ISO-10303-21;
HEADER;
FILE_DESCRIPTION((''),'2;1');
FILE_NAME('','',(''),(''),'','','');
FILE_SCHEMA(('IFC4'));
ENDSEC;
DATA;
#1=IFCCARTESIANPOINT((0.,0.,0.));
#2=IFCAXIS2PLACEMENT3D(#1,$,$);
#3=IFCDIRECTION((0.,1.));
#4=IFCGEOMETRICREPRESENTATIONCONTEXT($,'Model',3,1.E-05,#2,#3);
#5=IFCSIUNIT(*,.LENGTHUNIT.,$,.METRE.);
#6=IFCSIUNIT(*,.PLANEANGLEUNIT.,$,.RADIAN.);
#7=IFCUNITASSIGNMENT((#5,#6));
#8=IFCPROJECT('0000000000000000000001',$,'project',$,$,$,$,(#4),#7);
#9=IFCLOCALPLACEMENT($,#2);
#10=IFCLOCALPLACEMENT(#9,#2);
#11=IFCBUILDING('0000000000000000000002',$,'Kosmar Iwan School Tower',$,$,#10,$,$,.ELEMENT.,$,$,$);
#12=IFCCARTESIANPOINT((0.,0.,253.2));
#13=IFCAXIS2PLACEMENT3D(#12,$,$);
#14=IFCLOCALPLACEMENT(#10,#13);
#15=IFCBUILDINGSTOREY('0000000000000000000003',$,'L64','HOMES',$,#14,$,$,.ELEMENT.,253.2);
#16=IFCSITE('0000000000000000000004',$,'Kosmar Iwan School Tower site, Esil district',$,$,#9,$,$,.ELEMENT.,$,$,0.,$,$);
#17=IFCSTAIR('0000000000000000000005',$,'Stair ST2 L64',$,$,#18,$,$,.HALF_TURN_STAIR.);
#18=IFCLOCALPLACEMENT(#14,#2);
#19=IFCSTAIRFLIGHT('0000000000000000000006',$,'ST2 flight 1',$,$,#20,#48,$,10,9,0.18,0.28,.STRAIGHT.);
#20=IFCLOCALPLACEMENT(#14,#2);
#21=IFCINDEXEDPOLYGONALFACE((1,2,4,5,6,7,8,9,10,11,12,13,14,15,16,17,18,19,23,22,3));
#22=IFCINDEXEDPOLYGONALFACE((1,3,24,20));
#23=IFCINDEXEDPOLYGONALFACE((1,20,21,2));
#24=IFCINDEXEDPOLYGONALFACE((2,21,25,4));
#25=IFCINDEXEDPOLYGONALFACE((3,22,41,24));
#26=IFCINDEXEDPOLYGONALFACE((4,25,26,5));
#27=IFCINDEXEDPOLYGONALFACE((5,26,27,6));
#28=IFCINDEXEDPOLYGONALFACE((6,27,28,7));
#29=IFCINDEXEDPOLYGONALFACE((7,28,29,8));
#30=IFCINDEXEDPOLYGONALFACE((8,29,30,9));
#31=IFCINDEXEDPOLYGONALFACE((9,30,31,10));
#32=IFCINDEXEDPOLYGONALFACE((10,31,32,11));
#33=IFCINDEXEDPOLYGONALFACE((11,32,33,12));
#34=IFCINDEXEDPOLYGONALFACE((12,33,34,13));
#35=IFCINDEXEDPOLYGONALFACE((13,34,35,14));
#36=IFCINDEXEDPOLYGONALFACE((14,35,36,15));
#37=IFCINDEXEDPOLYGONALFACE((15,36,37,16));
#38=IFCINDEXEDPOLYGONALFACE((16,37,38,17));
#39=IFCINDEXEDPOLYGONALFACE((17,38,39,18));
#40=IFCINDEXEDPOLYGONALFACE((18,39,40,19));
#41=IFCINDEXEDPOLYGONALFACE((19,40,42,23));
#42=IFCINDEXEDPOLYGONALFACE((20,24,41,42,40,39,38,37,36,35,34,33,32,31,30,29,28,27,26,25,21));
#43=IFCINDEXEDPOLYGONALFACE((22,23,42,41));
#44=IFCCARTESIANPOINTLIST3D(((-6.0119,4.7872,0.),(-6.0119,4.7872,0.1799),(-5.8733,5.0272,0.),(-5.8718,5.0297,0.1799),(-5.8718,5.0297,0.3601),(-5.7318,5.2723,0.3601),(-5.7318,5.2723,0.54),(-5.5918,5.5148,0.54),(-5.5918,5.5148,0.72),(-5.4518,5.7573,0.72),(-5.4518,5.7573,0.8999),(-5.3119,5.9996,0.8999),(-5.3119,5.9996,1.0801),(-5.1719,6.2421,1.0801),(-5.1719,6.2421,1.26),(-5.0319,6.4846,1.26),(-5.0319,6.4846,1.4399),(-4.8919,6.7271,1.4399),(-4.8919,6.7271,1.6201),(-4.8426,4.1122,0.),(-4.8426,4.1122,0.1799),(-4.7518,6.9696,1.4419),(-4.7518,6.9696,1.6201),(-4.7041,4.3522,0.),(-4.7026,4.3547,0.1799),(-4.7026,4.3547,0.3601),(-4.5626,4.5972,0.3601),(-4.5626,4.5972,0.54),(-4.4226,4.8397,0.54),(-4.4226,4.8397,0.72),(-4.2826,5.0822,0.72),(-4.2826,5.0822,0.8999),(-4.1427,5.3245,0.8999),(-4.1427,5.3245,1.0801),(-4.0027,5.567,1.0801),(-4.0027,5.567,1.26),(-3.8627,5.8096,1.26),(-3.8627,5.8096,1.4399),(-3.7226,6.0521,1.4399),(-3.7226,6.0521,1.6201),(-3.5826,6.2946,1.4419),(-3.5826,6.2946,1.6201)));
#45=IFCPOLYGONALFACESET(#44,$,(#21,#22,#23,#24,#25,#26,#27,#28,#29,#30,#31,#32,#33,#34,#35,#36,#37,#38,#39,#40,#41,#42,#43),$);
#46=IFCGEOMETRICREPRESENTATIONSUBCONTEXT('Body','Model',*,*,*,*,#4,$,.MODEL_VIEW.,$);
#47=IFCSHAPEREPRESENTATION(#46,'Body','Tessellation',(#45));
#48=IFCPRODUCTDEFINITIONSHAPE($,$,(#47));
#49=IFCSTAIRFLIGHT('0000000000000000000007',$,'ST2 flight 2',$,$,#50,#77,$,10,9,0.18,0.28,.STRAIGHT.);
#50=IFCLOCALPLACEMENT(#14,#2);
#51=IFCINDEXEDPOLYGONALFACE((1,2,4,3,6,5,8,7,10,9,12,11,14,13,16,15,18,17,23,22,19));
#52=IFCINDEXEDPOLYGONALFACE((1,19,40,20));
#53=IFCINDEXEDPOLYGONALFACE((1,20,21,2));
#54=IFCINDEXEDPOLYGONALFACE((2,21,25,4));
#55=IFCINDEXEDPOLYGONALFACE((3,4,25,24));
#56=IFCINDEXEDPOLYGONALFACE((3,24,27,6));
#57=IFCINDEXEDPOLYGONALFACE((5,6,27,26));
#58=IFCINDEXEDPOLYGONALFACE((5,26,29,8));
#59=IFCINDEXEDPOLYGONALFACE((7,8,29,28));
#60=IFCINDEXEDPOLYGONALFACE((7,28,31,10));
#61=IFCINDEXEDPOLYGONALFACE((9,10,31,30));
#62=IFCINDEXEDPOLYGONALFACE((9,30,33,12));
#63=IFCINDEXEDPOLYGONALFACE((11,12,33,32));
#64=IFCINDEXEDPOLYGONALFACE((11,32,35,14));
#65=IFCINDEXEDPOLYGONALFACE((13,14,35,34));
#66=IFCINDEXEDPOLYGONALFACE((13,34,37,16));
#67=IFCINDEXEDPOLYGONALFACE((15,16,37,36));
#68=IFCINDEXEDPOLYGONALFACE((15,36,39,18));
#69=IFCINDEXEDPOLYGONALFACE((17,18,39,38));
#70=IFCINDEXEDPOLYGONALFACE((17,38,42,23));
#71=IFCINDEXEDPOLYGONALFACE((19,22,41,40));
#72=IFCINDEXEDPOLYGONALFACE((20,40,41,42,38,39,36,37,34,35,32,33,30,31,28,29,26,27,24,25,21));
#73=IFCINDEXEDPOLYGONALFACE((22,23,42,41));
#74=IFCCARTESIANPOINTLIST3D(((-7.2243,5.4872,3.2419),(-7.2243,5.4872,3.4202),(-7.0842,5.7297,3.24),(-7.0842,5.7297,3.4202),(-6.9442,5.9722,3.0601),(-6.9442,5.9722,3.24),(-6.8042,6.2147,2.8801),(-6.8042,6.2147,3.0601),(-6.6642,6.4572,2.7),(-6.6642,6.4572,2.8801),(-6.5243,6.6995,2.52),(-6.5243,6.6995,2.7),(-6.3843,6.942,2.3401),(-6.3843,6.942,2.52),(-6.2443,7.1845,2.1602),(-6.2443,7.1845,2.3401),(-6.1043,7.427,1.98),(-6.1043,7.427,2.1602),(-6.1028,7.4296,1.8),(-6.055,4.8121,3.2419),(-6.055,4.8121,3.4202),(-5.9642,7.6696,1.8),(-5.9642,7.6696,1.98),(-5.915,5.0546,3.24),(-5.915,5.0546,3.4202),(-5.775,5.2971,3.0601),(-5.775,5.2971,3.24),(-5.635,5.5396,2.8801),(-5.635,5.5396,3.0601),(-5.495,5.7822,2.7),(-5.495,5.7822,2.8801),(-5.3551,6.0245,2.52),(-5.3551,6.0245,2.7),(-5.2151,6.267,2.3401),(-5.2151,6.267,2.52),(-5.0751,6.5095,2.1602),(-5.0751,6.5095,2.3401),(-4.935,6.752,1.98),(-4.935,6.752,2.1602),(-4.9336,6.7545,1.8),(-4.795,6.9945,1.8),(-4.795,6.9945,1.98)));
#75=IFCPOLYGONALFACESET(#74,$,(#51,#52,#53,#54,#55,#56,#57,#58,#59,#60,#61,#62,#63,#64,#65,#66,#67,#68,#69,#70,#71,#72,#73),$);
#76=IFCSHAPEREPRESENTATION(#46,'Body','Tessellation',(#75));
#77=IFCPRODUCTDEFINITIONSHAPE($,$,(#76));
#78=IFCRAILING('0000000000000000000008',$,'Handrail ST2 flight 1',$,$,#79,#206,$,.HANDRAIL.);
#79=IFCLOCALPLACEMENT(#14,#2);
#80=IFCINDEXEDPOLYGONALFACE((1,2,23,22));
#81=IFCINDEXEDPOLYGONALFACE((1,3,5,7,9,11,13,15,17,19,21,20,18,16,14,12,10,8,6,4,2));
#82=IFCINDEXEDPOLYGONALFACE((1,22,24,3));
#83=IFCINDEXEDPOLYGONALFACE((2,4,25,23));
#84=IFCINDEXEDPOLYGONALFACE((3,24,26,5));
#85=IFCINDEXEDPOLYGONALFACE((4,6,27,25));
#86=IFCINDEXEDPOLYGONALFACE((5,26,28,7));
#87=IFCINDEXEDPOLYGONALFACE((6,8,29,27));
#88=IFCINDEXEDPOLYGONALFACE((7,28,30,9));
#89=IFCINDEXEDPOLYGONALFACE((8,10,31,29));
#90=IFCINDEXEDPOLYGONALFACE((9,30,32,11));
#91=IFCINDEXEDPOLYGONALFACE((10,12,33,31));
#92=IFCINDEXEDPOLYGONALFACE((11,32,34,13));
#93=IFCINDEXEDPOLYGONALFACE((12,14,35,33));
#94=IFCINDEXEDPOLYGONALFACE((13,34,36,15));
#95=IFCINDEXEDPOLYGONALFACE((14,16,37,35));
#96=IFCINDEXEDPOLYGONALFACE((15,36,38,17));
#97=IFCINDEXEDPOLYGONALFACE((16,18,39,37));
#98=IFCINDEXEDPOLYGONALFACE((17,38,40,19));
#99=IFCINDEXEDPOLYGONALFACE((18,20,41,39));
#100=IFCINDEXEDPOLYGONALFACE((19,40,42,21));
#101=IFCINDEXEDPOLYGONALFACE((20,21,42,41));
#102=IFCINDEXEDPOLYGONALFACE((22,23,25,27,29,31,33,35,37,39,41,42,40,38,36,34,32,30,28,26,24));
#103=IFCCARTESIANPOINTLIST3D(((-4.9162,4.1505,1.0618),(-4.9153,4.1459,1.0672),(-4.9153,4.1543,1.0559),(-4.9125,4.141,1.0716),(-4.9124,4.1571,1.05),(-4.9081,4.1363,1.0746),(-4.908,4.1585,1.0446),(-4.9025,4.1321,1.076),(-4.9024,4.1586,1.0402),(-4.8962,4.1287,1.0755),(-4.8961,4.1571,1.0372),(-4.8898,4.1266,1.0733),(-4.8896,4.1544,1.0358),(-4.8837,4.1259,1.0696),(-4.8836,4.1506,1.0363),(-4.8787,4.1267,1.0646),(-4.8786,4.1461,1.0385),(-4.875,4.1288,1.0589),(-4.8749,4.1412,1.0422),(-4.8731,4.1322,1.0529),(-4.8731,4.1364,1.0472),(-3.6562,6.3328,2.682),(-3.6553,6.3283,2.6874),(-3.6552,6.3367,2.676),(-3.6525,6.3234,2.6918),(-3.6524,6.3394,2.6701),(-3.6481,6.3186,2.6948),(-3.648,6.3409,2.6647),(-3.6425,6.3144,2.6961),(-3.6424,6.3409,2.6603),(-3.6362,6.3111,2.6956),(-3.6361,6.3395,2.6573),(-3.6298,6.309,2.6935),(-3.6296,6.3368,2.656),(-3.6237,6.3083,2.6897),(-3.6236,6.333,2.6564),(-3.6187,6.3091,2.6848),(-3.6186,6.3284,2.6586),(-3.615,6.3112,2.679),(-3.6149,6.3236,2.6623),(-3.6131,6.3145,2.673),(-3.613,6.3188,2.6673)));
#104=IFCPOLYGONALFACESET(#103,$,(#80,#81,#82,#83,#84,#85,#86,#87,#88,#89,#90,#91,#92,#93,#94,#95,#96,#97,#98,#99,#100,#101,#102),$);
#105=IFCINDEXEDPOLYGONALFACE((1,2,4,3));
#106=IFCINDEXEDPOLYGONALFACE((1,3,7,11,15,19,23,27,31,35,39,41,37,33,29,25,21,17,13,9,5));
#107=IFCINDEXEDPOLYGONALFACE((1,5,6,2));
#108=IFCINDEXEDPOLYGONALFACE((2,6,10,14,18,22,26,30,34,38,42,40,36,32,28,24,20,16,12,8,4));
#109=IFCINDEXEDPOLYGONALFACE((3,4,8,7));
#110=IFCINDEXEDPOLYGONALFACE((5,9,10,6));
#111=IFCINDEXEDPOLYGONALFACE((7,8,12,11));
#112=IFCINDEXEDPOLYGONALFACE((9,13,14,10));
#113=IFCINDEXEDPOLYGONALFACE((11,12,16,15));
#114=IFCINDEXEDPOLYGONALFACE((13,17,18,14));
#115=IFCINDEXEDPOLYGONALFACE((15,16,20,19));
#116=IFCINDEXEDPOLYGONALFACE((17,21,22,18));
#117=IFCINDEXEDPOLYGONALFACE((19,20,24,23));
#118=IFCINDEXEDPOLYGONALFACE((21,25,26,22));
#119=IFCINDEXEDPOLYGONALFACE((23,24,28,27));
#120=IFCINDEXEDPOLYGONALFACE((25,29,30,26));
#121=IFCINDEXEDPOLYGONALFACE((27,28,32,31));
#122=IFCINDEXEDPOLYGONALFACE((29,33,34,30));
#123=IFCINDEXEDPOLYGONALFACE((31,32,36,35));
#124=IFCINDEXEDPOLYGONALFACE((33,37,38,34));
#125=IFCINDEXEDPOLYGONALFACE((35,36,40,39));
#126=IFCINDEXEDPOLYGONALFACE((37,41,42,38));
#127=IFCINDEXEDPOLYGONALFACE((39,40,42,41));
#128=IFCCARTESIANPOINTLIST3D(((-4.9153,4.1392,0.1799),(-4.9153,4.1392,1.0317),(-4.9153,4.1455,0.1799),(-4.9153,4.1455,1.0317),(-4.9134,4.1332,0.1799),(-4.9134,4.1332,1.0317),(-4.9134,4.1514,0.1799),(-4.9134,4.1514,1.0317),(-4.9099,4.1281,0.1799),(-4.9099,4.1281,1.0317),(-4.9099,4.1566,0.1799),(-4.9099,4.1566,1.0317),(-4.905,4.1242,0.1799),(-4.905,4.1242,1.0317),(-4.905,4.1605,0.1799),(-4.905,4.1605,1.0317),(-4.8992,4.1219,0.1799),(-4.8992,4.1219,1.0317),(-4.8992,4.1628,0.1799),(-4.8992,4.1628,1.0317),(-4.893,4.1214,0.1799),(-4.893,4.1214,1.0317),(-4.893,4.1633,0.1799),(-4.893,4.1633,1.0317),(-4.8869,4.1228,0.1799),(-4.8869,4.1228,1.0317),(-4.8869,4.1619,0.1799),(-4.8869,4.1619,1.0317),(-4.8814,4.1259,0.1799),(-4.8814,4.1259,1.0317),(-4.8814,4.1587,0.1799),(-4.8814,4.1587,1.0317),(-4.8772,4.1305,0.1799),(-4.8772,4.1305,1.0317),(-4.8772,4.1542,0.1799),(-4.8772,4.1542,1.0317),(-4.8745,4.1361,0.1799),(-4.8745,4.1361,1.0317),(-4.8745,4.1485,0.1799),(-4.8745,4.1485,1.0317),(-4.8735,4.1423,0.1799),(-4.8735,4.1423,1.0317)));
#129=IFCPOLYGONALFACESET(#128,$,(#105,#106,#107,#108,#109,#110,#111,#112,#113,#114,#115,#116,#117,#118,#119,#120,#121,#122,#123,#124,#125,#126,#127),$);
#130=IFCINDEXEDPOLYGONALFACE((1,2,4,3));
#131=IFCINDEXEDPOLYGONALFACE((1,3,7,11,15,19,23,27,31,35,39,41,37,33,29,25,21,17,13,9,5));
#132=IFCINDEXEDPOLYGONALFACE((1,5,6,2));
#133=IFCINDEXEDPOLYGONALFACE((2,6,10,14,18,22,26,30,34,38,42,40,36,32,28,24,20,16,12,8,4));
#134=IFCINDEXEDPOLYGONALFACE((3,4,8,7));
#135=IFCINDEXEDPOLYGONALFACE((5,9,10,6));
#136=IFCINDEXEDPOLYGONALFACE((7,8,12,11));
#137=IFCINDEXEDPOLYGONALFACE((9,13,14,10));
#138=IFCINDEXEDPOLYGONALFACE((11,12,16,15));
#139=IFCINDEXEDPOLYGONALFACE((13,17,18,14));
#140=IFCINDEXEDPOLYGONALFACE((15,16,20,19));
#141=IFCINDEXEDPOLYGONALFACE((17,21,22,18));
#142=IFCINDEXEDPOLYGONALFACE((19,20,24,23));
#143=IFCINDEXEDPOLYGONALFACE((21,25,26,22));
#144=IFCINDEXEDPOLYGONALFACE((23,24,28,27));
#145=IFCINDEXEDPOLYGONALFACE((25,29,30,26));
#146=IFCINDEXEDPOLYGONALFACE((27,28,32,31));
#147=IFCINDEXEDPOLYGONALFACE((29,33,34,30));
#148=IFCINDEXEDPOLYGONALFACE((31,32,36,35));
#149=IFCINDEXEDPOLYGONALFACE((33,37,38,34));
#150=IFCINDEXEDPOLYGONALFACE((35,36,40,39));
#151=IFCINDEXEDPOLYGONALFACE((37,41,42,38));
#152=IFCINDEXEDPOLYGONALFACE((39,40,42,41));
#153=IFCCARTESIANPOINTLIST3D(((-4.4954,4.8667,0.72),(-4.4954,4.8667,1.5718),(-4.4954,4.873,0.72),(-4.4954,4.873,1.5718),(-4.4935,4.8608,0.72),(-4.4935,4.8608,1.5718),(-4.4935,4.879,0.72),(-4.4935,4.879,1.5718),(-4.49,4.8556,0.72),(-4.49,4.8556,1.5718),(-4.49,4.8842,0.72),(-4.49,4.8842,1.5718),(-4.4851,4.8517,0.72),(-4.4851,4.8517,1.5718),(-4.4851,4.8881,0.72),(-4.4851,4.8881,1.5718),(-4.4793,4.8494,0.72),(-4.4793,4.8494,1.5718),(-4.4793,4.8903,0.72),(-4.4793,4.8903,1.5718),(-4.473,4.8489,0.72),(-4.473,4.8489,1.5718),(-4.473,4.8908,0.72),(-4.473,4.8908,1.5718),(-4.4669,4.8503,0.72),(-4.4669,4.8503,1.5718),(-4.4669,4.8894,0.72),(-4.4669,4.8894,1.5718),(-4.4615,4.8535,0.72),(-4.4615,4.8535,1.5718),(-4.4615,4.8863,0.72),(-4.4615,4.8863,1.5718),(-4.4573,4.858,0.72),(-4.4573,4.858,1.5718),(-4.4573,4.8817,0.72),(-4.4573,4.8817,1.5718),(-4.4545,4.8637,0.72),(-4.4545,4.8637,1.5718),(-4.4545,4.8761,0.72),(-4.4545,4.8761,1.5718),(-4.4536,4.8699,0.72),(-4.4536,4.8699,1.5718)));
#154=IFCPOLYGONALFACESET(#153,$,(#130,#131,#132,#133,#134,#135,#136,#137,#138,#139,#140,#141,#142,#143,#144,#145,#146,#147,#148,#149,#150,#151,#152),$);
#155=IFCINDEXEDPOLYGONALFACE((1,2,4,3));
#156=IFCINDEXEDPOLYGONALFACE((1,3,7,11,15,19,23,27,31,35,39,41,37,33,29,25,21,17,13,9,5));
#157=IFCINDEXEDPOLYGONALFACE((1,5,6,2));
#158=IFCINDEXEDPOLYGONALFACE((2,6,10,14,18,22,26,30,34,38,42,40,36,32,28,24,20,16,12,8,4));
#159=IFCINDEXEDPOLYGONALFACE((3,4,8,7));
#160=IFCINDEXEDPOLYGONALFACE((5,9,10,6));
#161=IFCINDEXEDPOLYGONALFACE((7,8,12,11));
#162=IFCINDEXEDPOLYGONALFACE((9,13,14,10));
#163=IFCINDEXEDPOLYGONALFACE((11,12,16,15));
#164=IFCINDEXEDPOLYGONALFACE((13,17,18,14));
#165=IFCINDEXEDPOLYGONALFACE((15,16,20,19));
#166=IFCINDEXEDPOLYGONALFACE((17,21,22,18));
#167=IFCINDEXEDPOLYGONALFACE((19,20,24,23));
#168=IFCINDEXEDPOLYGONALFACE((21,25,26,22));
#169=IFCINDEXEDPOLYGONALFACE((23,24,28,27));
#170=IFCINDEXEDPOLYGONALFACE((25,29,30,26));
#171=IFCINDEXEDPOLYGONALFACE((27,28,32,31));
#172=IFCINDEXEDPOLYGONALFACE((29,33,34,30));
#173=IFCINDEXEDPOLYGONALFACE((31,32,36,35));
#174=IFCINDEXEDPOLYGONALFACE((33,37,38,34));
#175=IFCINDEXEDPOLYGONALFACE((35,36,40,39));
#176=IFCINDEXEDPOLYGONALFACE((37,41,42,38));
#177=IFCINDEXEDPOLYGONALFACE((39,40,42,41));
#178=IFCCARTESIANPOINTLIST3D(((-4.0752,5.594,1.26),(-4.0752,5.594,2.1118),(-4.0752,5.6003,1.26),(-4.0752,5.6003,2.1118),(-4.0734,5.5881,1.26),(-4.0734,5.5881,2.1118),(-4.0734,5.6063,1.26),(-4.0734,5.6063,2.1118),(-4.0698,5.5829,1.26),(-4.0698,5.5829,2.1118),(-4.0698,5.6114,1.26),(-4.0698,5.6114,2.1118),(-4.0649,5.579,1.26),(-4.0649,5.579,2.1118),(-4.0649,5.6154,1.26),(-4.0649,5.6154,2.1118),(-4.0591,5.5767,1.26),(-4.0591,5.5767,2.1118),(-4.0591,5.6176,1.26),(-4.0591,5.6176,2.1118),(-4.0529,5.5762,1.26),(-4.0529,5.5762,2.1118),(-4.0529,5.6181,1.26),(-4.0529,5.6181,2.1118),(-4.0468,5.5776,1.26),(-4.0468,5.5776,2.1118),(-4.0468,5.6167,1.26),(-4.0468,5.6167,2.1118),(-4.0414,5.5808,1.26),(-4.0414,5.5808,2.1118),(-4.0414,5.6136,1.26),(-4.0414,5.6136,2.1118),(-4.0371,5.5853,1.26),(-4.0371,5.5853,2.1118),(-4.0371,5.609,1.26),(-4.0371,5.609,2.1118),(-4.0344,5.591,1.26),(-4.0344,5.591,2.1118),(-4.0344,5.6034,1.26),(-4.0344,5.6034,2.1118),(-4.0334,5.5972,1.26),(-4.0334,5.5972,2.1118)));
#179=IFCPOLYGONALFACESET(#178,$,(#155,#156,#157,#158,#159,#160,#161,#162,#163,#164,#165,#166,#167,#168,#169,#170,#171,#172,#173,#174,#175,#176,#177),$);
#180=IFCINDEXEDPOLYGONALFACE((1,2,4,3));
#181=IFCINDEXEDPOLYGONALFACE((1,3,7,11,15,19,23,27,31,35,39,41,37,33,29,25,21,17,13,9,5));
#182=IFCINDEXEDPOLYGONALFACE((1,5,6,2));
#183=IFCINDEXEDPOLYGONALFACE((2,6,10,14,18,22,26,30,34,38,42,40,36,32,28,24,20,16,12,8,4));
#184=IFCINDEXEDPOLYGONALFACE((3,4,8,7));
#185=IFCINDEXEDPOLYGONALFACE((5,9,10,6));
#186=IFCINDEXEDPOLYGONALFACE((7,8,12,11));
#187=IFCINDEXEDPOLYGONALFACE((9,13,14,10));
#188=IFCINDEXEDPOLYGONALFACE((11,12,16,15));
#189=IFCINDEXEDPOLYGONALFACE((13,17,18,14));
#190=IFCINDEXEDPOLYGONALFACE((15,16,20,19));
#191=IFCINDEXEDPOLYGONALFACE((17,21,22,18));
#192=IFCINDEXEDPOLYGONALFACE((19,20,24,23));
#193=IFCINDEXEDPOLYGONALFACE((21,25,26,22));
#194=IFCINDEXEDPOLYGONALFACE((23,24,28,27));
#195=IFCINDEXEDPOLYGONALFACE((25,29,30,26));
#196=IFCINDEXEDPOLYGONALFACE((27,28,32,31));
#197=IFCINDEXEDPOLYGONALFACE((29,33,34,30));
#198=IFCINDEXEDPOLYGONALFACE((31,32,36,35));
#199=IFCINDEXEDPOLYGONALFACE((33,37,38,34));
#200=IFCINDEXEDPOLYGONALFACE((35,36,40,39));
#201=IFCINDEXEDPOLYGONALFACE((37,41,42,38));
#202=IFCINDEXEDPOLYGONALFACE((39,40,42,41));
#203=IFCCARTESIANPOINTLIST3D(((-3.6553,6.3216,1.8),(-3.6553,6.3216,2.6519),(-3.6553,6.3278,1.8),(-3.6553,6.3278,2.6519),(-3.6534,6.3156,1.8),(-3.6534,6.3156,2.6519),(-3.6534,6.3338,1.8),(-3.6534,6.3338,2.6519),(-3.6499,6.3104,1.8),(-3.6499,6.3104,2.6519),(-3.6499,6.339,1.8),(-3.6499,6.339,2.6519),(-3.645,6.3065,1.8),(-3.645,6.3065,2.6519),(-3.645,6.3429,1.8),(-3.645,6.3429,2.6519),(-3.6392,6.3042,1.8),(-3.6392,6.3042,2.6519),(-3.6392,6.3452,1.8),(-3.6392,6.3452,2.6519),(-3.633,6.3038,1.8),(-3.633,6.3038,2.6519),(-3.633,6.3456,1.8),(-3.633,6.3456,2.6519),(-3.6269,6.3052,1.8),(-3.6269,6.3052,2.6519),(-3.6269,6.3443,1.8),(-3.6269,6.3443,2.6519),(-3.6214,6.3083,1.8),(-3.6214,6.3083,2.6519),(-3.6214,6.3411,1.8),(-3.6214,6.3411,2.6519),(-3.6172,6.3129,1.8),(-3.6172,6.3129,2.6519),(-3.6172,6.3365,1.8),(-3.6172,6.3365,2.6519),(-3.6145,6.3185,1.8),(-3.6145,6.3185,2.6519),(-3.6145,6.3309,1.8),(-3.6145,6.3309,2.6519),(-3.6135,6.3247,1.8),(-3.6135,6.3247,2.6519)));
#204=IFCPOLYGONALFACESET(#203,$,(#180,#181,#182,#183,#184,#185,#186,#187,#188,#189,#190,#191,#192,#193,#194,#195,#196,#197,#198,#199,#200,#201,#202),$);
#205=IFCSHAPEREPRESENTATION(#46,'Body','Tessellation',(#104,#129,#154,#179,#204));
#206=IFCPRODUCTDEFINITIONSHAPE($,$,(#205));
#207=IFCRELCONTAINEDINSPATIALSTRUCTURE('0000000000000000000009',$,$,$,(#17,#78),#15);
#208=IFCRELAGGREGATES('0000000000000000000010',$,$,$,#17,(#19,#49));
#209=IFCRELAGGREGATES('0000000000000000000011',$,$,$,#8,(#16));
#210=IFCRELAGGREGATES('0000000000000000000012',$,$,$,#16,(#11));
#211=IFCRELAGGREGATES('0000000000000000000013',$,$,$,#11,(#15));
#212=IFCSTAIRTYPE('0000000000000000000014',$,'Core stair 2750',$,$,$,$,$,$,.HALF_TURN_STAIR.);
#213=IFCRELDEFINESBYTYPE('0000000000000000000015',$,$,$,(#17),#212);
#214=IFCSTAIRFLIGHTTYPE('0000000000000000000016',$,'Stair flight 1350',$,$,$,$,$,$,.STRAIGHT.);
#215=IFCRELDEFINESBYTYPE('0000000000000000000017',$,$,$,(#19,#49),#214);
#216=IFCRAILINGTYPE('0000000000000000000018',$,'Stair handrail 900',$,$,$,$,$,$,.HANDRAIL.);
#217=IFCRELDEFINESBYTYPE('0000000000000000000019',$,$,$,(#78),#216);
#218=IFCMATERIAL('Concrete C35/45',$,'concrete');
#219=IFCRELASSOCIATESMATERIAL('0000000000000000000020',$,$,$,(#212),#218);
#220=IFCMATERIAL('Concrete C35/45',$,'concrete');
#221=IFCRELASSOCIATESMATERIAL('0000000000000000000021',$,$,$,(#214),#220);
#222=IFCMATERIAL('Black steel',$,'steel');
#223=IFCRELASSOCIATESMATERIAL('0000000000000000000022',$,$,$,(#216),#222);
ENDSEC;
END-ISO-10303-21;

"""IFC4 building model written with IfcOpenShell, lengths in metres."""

from ifc_helpers import new_model, si_unit, direction, frame, origin, origin_2d, place, context, subcontext, project, spatial, polyline, circle, outline, extrude, material, type_object, element, aggregate, save


model = new_model("IFC4")

# Units and contexts
model_context = context("Model", 3, precision=1e-05, world=origin(), true_north=direction((0.0, 1.0)))
body_context = subcontext(model_context, "Body", "Model", "MODEL_VIEW")
ifc_project = project(units=[si_unit("LENGTHUNIT", "METRE"), si_unit("PLANEANGLEUNIT", "RADIAN")], contexts=[model_context])

# Site, building, storey
site_placement = place(None, origin())
site = spatial("IfcSite", under=ifc_project, at=site_placement, Name="Kosmar Iwan School Tower site, Esil district", CompositionType="ELEMENT", RefElevation=0.0)
building_placement = place(site_placement, origin())
building = spatial("IfcBuilding", under=site, at=building_placement, Name="Kosmar Iwan School Tower", CompositionType="ELEMENT")
storey_placement = place(building_placement, frame((0.0, 0.0, 253.2)))
storey = spatial("IfcBuildingStorey", under=building, at=storey_placement, Name="L64", Description="HOMES", CompositionType="ELEMENT", Elevation=253.2)

# Stair, stair flights
ifc_material_1 = material(Name="Concrete C35/45", Category="concrete")
stair_type = type_object("IfcStairType", Name="Core stair 2750", PredefinedType="HALF_TURN_STAIR", material=ifc_material_1)
stair_placement = place(storey_placement, origin())
stair = element("IfcStair", 1, at=stair_placement, inside=storey, type_object=stair_type, Name="Stair ST2 L64", PredefinedType="HALF_TURN_STAIR")
ifc_material_2 = material(Name="Concrete C35/45", Category="concrete")
stair_flight_type = type_object("IfcStairFlightType", Name="Stair flight 1350", PredefinedType="STRAIGHT", material=ifc_material_2)
stair_flight_1_placement = place(storey_placement, frame((-5.4272, 4.4497, 0.0), z_axis=(0.0, 0.0, 1.0), x_axis=(0.5, 0.866025, 0.0)))
stair_flight_1 = element("IfcStairFlight", 2, at=stair_flight_1_placement, type_object=stair_flight_type, Name="ST2 flight 1", NumberOfRisers=10, NumberOfTreads=9, PredefinedType="STRAIGHT", RiserHeight=0.18, TreadLength=0.28, context=body_context, shape_type="SweptSolid", body=[
    extrude(outline(polyline([(0.0, 0.0), (0.0, 0.1799), (0.28, 0.1799), (0.28, 0.3601), (0.5601, 0.3601), (0.5601, 0.54), (0.8401, 0.54), (0.8401, 0.72), (1.1201, 0.72), (1.1201, 0.8999), (1.3999, 0.8999), (1.3999, 1.0801), (1.6799, 1.0801), (1.6799, 1.26), (1.96, 1.26), (1.96, 1.4399), (2.24, 1.4399), (2.24, 1.6201), (2.52, 1.6201), (2.52, 1.8), (2.52, 1.4419), (0.2771, 0.0), (0.0, 0.0)])), frame((0.0, 0.675, 0.0), z_axis=(0.0, -1.0, 0.0), x_axis=(1.0, 0.0, 0.0)), (0.0, 0.0, 1.0), 1.3501),
])
stair_flight_2_placement = place(storey_placement, frame((-5.3796, 7.332, 1.8), z_axis=(0.0, 0.0, 1.0), x_axis=(-0.5, -0.866025, 0.0)))
stair_flight_2 = element("IfcStairFlight", 3, at=stair_flight_2_placement, type_object=stair_flight_type, Name="ST2 flight 2", NumberOfRisers=10, NumberOfTreads=9, PredefinedType="STRAIGHT", RiserHeight=0.18, TreadLength=0.28, context=body_context, shape_type="SweptSolid", body=[
    extrude(outline(polyline([(0.0, 0.0), (0.0, 0.1799), (0.28, 0.1799), (0.28, 0.3601), (0.5601, 0.3601), (0.5601, 0.54), (0.8401, 0.54), (0.8401, 0.72), (1.1201, 0.72), (1.1201, 0.8999), (1.3999, 0.8999), (1.3999, 1.0801), (1.6799, 1.0801), (1.6799, 1.26), (1.96, 1.26), (1.96, 1.4399), (2.24, 1.4399), (2.24, 1.6201), (2.52, 1.6201), (2.52, 1.8), (2.52, 1.4419), (0.2771, 0.0), (0.0, 0.0)])), frame((0.0, 0.675, 0.0), z_axis=(0.0, -1.0, 0.0), x_axis=(1.0, 0.0, 0.0)), (0.0, 0.0, 1.0), 1.3501),
])
aggregate(stair, [stair_flight_1, stair_flight_2])

# Railing
ifc_material_3 = material(Name="Black steel", Category="steel")
railing_type = type_object("IfcRailingType", Name="Stair handrail 900", PredefinedType="HANDRAIL", material=ifc_material_3)
railing_1_placement = place(storey_placement, frame((-4.8945, 4.1423, 0.1799)))
element("IfcRailing", 4, at=railing_1_placement, inside=storey, type_object=railing_type, Name="Handrail ST2 flight 1", PredefinedType="HANDRAIL", context=body_context, shape_type="SweptSolid", body=[
    extrude(circle(Radius=0.0239, at=origin_2d()), frame((0.0, 0.0, 0.876), z_axis=(0.420584, 0.728464, 0.540786), x_axis=(-0.866023, 0.500005, 0.0)), (0.0, 0.0, 1.0), 2.9958),
    extrude(circle(Radius=0.021, at=origin_2d()), origin(), (0.0, 0.0, 1.0), 0.8518),
    extrude(circle(Radius=0.021, at=origin_2d()), frame((0.4199, 0.7275, 0.54)), (0.0, 0.0, 1.0), 0.8518),
    extrude(circle(Radius=0.021, at=origin_2d()), frame((0.8401, 1.4548, 1.0801)), (0.0, 0.0, 1.0), 0.8518),
    extrude(circle(Radius=0.021, at=origin_2d()), frame((1.26, 2.1824, 1.6201)), (0.0, 0.0, 1.0), 0.8518),
])

save(model, "model.ifc")
